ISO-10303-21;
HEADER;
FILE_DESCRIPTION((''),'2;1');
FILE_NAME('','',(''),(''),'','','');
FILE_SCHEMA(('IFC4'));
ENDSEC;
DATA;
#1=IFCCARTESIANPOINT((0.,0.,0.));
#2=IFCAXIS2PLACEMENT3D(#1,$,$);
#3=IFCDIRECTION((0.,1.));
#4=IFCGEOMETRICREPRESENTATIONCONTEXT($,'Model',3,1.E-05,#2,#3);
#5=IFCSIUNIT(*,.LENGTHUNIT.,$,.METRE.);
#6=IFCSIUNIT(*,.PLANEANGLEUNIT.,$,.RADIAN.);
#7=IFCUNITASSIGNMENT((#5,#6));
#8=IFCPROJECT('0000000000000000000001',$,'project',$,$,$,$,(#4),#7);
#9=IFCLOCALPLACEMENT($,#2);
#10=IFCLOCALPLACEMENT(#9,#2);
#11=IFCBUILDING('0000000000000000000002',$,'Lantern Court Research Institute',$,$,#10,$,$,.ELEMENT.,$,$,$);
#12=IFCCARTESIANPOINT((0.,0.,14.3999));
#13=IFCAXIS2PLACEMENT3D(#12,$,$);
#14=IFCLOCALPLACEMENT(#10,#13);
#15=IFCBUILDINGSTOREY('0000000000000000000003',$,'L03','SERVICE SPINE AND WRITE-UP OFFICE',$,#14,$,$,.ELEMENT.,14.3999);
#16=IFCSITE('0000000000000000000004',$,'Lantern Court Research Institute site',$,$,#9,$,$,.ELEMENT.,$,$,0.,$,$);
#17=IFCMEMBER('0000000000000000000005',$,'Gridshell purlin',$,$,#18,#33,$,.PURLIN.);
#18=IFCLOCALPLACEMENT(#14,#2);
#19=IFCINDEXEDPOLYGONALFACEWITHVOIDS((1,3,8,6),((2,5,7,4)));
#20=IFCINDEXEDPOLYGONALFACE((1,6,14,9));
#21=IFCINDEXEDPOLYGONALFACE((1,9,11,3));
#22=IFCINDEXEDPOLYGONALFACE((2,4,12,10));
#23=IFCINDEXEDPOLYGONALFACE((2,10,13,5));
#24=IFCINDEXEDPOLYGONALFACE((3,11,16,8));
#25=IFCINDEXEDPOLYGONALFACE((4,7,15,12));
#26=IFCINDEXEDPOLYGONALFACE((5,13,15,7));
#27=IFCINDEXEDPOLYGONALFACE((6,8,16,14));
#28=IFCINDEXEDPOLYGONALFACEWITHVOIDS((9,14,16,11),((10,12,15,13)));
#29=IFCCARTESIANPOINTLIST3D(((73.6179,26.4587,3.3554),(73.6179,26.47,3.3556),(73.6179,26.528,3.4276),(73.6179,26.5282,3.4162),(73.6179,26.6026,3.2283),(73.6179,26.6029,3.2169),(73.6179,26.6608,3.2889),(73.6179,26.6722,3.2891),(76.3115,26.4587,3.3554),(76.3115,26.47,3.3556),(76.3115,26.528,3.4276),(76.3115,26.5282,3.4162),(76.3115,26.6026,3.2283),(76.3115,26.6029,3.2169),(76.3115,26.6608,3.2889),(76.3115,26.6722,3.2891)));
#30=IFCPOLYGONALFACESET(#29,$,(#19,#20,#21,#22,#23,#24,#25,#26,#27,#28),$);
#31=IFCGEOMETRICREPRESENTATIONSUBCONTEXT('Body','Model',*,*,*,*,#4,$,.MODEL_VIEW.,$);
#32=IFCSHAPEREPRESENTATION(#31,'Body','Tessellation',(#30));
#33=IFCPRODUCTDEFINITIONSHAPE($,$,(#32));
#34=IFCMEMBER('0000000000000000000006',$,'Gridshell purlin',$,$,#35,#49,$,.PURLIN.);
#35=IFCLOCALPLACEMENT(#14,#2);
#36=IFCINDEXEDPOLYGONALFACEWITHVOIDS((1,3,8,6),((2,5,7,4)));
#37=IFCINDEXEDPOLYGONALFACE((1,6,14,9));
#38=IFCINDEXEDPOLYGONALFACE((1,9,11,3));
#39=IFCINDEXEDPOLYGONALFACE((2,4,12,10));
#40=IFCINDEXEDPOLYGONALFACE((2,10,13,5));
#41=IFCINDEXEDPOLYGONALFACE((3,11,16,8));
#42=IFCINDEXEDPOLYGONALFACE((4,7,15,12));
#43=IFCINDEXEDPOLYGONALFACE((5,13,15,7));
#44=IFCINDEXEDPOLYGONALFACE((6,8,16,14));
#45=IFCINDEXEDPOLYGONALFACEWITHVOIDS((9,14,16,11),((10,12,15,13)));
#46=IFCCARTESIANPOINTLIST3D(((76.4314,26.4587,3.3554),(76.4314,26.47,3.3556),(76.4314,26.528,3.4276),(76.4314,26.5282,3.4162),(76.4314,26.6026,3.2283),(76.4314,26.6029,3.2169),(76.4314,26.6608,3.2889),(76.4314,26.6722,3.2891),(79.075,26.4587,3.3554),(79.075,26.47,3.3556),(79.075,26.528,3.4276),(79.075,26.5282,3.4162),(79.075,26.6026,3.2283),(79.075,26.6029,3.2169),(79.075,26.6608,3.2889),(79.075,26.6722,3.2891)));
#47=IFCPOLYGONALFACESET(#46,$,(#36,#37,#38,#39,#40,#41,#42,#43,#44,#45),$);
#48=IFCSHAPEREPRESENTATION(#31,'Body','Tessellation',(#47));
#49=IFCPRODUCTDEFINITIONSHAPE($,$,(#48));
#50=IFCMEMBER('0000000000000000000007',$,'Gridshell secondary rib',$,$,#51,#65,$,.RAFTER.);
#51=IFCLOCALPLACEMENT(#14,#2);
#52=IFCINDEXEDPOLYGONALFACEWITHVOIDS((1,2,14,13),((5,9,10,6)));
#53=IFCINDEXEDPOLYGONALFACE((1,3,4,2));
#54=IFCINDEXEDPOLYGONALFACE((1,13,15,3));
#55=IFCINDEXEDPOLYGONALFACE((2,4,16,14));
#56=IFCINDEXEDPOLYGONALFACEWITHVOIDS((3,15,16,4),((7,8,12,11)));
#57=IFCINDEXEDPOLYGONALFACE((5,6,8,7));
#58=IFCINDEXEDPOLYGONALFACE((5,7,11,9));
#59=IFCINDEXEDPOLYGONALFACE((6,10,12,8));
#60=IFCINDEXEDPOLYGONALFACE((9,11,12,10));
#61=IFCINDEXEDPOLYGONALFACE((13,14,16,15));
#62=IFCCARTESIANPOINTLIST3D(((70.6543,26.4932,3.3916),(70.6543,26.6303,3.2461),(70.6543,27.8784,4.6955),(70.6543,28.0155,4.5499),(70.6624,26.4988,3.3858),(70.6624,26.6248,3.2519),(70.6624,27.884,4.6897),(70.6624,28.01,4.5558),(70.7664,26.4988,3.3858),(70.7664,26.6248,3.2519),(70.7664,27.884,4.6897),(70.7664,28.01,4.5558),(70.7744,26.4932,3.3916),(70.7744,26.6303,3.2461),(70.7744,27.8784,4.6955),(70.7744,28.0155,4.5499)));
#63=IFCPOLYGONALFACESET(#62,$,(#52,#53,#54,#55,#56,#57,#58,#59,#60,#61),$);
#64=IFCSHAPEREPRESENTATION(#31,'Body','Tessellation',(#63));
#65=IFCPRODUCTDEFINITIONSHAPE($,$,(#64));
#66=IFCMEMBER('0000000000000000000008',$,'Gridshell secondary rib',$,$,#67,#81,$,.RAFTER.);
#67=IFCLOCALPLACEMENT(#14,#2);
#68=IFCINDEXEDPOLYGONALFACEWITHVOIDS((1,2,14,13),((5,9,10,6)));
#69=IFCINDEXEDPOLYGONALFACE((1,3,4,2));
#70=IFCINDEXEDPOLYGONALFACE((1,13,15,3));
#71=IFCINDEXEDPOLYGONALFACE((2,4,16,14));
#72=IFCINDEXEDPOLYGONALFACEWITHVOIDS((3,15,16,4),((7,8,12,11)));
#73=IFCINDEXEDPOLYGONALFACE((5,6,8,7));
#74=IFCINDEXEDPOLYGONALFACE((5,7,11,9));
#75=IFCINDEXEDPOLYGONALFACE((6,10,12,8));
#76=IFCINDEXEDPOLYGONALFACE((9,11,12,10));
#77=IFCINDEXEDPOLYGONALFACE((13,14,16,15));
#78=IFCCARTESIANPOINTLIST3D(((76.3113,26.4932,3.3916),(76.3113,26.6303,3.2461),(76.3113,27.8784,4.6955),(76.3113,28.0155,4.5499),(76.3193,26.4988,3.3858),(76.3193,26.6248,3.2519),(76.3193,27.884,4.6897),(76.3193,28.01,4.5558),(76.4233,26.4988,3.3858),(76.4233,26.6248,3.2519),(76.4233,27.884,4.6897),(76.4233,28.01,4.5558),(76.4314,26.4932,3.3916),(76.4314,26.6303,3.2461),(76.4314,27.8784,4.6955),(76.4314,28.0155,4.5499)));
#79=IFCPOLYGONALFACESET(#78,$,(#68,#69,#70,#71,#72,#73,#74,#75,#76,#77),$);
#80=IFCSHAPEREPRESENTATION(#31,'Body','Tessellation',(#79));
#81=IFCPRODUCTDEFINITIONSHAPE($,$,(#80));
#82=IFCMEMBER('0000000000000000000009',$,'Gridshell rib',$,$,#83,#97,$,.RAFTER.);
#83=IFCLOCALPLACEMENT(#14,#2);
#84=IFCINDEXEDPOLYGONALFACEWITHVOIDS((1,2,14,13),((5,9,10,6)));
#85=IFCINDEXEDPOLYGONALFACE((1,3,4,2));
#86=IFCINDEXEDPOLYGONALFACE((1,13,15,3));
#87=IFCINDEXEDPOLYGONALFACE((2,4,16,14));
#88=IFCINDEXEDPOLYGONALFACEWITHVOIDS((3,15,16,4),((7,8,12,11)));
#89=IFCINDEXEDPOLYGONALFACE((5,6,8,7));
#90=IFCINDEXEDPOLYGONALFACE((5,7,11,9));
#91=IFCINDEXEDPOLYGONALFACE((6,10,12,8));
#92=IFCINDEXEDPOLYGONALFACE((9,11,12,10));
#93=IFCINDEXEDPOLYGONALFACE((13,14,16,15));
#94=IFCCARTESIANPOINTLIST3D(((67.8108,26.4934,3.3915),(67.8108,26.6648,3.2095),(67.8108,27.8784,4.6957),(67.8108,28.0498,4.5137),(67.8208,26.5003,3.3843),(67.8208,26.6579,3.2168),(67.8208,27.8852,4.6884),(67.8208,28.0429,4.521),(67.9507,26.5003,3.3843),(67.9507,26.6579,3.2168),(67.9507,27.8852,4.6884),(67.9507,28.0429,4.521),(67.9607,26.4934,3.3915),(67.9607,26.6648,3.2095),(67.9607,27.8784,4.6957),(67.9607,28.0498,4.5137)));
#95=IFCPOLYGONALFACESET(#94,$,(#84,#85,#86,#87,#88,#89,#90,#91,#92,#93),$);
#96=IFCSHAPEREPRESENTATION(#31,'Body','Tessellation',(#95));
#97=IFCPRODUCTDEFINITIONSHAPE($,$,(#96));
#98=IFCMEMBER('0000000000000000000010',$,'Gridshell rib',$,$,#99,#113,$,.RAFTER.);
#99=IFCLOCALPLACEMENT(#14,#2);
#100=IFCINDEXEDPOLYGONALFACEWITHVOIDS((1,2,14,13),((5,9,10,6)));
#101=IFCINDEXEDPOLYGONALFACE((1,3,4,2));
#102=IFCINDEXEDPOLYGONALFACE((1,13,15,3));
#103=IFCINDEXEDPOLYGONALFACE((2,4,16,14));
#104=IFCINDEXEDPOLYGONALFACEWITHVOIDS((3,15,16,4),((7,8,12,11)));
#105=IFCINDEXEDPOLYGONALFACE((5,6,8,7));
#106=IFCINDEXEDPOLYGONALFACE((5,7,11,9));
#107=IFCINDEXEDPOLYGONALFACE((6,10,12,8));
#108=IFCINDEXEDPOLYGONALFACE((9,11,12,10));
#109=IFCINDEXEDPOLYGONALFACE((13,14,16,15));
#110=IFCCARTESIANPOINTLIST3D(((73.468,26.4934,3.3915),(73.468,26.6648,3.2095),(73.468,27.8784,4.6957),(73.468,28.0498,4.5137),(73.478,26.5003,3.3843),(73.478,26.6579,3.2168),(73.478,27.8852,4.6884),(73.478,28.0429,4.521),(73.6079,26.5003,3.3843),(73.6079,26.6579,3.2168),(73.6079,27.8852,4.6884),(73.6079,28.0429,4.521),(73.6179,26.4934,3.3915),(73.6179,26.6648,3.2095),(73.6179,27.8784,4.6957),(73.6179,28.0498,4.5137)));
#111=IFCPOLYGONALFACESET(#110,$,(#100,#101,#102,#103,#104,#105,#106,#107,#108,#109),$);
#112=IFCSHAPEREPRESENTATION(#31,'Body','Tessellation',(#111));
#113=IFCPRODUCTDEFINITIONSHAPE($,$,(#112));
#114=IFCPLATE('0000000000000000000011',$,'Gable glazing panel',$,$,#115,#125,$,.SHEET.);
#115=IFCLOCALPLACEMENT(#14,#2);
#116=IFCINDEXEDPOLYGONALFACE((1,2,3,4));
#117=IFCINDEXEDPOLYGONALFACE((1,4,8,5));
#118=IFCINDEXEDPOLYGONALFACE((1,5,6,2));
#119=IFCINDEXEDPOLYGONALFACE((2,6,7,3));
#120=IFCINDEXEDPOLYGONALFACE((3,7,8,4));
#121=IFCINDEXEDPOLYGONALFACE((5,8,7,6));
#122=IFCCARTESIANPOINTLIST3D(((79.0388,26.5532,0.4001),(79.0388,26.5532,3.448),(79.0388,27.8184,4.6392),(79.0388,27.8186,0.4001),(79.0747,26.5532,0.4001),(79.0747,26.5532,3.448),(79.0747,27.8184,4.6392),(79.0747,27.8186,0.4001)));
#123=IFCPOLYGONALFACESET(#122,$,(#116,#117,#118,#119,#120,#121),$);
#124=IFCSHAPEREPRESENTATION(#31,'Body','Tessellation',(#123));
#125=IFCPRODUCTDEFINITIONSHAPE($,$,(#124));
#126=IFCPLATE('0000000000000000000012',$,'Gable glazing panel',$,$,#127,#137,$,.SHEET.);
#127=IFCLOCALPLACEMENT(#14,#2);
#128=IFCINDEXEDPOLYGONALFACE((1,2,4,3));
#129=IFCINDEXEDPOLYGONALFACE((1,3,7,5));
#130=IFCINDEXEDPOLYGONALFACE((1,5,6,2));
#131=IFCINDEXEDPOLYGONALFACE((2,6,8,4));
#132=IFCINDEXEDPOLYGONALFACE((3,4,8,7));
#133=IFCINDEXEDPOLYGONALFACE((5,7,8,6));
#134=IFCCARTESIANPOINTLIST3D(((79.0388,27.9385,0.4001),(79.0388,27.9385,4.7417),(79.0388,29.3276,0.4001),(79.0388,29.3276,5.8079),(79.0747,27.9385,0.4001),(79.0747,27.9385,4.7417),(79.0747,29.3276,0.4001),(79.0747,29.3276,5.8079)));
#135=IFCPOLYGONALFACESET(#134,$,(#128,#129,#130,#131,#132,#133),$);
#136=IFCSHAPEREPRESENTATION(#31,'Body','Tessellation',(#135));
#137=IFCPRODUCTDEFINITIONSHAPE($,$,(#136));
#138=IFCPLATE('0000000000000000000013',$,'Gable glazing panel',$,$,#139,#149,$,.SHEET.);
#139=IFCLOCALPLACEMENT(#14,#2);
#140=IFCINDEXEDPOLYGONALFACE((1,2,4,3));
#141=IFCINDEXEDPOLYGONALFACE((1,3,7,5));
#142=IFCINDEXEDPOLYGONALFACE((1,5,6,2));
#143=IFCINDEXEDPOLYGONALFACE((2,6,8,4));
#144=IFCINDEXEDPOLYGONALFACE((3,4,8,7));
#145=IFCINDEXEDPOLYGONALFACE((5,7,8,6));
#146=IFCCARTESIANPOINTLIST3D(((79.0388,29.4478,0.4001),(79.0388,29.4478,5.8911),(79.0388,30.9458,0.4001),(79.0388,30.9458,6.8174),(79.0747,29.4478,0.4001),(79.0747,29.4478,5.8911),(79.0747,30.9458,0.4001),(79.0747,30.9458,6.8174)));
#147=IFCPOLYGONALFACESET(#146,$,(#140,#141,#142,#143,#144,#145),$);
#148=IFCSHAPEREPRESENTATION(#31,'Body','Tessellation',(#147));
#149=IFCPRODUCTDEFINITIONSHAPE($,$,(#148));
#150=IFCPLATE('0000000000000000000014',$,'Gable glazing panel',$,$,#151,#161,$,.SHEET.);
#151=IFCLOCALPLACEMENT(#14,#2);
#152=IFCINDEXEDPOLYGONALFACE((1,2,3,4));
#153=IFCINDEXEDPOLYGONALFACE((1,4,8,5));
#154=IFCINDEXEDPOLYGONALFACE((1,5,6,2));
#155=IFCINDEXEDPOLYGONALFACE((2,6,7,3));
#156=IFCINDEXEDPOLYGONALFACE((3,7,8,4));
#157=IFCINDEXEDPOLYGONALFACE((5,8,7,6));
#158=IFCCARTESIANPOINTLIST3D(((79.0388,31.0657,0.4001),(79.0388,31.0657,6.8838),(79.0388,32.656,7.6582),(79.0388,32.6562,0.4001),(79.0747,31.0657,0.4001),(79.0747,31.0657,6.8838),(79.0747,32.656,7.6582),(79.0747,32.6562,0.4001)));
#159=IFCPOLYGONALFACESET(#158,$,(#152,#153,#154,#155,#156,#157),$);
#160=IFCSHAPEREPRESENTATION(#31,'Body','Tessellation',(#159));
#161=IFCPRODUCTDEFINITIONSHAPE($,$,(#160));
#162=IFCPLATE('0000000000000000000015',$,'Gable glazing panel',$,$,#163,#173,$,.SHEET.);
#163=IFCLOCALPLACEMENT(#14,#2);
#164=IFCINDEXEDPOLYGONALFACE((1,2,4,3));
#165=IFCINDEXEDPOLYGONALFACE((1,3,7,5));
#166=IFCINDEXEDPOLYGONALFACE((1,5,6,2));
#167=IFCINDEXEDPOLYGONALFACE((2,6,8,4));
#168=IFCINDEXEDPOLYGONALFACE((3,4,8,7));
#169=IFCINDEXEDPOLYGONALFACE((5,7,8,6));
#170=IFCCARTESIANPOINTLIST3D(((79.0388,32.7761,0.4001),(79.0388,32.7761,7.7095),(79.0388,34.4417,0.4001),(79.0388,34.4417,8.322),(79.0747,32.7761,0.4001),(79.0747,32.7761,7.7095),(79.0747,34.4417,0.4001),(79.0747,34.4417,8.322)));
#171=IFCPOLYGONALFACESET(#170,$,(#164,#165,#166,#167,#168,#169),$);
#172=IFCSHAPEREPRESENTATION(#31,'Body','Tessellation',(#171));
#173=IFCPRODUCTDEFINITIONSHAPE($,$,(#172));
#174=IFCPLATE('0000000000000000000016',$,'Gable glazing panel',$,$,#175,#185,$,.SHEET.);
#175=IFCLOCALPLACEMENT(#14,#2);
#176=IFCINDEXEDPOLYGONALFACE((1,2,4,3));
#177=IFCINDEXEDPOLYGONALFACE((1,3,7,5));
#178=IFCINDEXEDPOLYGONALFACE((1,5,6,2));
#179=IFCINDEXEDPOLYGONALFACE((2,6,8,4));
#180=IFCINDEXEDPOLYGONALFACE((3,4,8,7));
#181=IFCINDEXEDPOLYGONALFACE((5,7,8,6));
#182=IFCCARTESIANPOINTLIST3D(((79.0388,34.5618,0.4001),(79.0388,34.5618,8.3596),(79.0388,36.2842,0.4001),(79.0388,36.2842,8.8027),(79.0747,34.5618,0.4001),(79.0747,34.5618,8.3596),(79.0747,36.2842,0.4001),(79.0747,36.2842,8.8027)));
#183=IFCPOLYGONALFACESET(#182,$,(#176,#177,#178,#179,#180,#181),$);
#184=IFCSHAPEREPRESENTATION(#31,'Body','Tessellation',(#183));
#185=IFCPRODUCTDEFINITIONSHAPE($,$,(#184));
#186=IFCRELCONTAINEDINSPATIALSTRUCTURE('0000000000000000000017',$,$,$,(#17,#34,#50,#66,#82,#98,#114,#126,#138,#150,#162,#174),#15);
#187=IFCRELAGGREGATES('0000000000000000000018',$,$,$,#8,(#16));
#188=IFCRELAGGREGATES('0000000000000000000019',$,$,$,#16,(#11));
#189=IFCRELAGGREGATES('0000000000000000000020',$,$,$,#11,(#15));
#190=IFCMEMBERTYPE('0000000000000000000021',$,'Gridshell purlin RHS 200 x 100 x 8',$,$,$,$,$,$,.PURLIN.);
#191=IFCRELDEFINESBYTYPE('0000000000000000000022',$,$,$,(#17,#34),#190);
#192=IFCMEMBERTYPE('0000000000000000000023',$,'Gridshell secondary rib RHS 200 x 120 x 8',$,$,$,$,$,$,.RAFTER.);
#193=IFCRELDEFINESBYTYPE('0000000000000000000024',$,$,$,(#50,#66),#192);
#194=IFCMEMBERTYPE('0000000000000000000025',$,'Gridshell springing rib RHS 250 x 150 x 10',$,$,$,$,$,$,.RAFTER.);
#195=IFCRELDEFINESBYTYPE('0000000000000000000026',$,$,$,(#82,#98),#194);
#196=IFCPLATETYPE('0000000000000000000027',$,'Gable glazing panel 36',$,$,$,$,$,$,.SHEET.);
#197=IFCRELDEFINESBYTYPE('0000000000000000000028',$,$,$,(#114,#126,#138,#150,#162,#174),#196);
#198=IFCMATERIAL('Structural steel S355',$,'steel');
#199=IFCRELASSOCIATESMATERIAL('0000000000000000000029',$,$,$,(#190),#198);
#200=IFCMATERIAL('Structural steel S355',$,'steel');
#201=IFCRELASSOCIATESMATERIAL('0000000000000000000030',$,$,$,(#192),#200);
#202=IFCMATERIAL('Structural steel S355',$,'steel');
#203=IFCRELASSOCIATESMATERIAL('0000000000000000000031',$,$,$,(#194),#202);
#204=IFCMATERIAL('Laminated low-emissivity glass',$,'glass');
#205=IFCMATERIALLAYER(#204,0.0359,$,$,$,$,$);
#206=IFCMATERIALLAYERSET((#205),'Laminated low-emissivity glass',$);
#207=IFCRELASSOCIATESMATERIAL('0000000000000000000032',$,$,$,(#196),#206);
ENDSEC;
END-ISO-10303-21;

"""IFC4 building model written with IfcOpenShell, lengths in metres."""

from ifc_helpers import new_model, si_unit, direction, frame, origin, origin_2d, place, context, subcontext, project, spatial, polyline, hollow_rectangle, outline, extrude, material, layer, layer_set, material_profile, profile_set, type_object, element, save


model = new_model("IFC4")

# Units and contexts
model_context = context("Model", 3, precision=1e-05, world=origin(), true_north=direction((0.0, 1.0)))
body_context = subcontext(model_context, "Body", "Model", "MODEL_VIEW")
ifc_project = project(units=[si_unit("LENGTHUNIT", "METRE"), si_unit("PLANEANGLEUNIT", "RADIAN")], contexts=[model_context])

# Site, building, storey
site_placement = place(None, origin())
site = spatial("IfcSite", under=ifc_project, at=site_placement, Name="Lantern Court Research Institute site", CompositionType="ELEMENT", RefElevation=0.0)
building_placement = place(site_placement, origin())
building = spatial("IfcBuilding", under=site, at=building_placement, Name="Lantern Court Research Institute", CompositionType="ELEMENT")
storey_placement = place(building_placement, frame((0.0, 0.0, 14.3999)))
storey = spatial("IfcBuildingStorey", under=building, at=storey_placement, Name="L03", Description="SERVICE SPINE AND WRITE-UP OFFICE", CompositionType="ELEMENT", Elevation=14.3999)

# Members
ifc_material_1 = material(Name="Structural steel S355", Category="steel")
ifc_material_profile_1 = material_profile(ifc_material_1, hollow_rectangle(XDim=0.1001, YDim=0.2, WallThickness=0.0081, at=origin_2d()), Name="Gridshell purlin RHS 200 x 100 x 8")
ifc_profile_set_1 = profile_set([ifc_material_profile_1], Name="Structural steel S355")
member_type_1 = type_object("IfcMemberType", Name="Gridshell purlin RHS 200 x 100 x 8", PredefinedType="PURLIN", material=ifc_profile_set_1)
for number, where, z_axis, x_axis, name in (
    (1, (73.6179, 26.5654, 3.3223), (1.0, 0.0, 0.0), (0.0, 0.692674, 0.721251), "Gridshell purlin"),
):
    element("IfcMember", number, at=place(storey_placement, frame(where, z_axis=z_axis, x_axis=x_axis)), inside=storey, type_object=member_type_1, Name=name, PredefinedType="PURLIN", context=body_context, shape_type="SweptSolid", body=[
        extrude(hollow_rectangle(XDim=0.1001, YDim=0.2, WallThickness=0.0081, at=origin_2d()), origin(), (0.0, 0.0, 1.0), 2.6936),
    ])
member_1_placement = place(storey_placement, frame((76.4314, 26.5654, 3.3223), z_axis=(1.0, 0.0, 0.0), x_axis=(0.0, 0.692674, 0.721251)))
element("IfcMember", 2, at=member_1_placement, inside=storey, type_object=member_type_1, Name="Gridshell purlin", PredefinedType="PURLIN", context=body_context, shape_type="SweptSolid", body=[
    extrude(hollow_rectangle(XDim=0.1001, YDim=0.2, WallThickness=0.0081, at=origin_2d()), origin(), (0.0, 0.0, 1.0), 2.6436),
])
ifc_material_2 = material(Name="Structural steel S355", Category="steel")
ifc_material_profile_2 = material_profile(ifc_material_2, hollow_rectangle(XDim=0.1201, YDim=0.2, WallThickness=0.0081, at=origin_2d()), Name="Gridshell secondary rib RHS 200 x 120 x 8")
ifc_profile_set_2 = profile_set([ifc_material_profile_2], Name="Structural steel S355")
member_type_2 = type_object("IfcMemberType", Name="Gridshell secondary rib RHS 200 x 120 x 8", PredefinedType="RAFTER", material=ifc_profile_set_2)
for number, where, z_axis, x_axis, name in (
    (3, (70.7144, 26.5618, 3.3188), (0.0, 0.728151, 0.685417), (-1.0, 0.0, 0.0), "Gridshell secondary rib"),
    (4, (76.3713, 26.5618, 3.3188), (0.0, 0.728151, 0.685417), (-1.0, 0.0, 0.0), "Gridshell secondary rib"),
):
    element("IfcMember", number, at=place(storey_placement, frame(where, z_axis=z_axis, x_axis=x_axis)), inside=storey, type_object=member_type_2, Name=name, PredefinedType="RAFTER", context=body_context, shape_type="SweptSolid", body=[
        extrude(hollow_rectangle(XDim=0.1201, YDim=0.2, WallThickness=0.0081, at=origin_2d()), origin(), (0.0, 0.0, 1.0), 1.9023),
    ])
ifc_material_3 = material(Name="Structural steel S355", Category="steel")
ifc_material_profile_3 = material_profile(ifc_material_3, hollow_rectangle(XDim=0.1499, YDim=0.25, WallThickness=0.01, at=origin_2d()), Name="Gridshell springing rib RHS 250 x 150 x 10")
ifc_profile_set_3 = profile_set([ifc_material_profile_3], Name="Structural steel S355")
member_type_3 = type_object("IfcMemberType", Name="Gridshell springing rib RHS 250 x 150 x 10", PredefinedType="RAFTER", material=ifc_profile_set_3)
for number, where, z_axis, x_axis, name in (
    (5, (67.8857, 26.5791, 3.3005), (0.0, 0.728027, 0.685549), (-1.0, 0.0, 0.0), "Gridshell rib"),
    (6, (73.543, 26.5791, 3.3005), (0.0, 0.728027, 0.685549), (-1.0, 0.0, 0.0), "Gridshell rib"),
):
    element("IfcMember", number, at=place(storey_placement, frame(where, z_axis=z_axis, x_axis=x_axis)), inside=storey, type_object=member_type_3, Name=name, PredefinedType="RAFTER", context=body_context, shape_type="SweptSolid", body=[
        extrude(hollow_rectangle(XDim=0.1499, YDim=0.25, WallThickness=0.01, at=origin_2d()), origin(), (0.0, 0.0, 1.0), 1.9023),
    ])

# Plates
ifc_material_4 = material(Name="Laminated low-emissivity glass", Category="glass")
ifc_layer = layer(ifc_material_4, 0.0359)
ifc_layer_set = layer_set([ifc_layer], Name="Laminated low-emissivity glass")
plate_type = type_object("IfcPlateType", Name="Gable glazing panel 36", PredefinedType="SHEET", material=ifc_layer_set)
plate_1_placement = place(storey_placement, frame((79.0569, 26.5532, 0.4001), z_axis=(0.0, 0.0, 1.0), x_axis=(0.0, 1.0, 0.0)))
element("IfcPlate", 7, at=plate_1_placement, inside=storey, type_object=plate_type, Name="Gable glazing panel", PredefinedType="SHEET", context=body_context, shape_type="SweptSolid", body=[
    extrude(outline(polyline([(0.0, 0.0), (1.2654, 0.0), (1.2651, 4.239), (0.0, 3.0479), (0.0, 0.0)])), frame((0.0, 0.0181, 0.0), z_axis=(0.0, -1.0, 0.0), x_axis=(1.0, 0.0, 0.0)), (0.0, 0.0, 1.0), 0.0359),
])
plate_2_placement = place(storey_placement, frame((79.0569, 27.9385, 0.4001), z_axis=(0.0, 0.0, 1.0), x_axis=(0.0, 1.0, 0.0)))
element("IfcPlate", 8, at=plate_2_placement, inside=storey, type_object=plate_type, Name="Gable glazing panel", PredefinedType="SHEET", context=body_context, shape_type="SweptSolid", body=[
    extrude(outline(polyline([(0.0, 0.0), (1.3892, 0.0), (1.3892, 5.4077), (0.0, 4.3416), (0.0, 0.0)])), frame((0.0, 0.0181, 0.0), z_axis=(0.0, -1.0, 0.0), x_axis=(1.0, 0.0, 0.0)), (0.0, 0.0, 1.0), 0.0359),
])
plate_3_placement = place(storey_placement, frame((79.0569, 29.4478, 0.4001), z_axis=(0.0, 0.0, 1.0), x_axis=(0.0, 1.0, 0.0)))
element("IfcPlate", 9, at=plate_3_placement, inside=storey, type_object=plate_type, Name="Gable glazing panel", PredefinedType="SHEET", context=body_context, shape_type="SweptSolid", body=[
    extrude(outline(polyline([(0.0, 0.0), (1.498, 0.0), (1.498, 6.4172), (0.0, 5.491), (0.0, 0.0)])), frame((0.0, 0.0181, 0.0), z_axis=(0.0, -1.0, 0.0), x_axis=(1.0, 0.0, 0.0)), (0.0, 0.0, 1.0), 0.0359),
])
plate_4_placement = place(storey_placement, frame((79.0569, 31.0657, 0.4001), z_axis=(0.0, 0.0, 1.0), x_axis=(0.0, 1.0, 0.0)))
element("IfcPlate", 10, at=plate_4_placement, inside=storey, type_object=plate_type, Name="Gable glazing panel", PredefinedType="SHEET", context=body_context, shape_type="SweptSolid", body=[
    extrude(outline(polyline([(0.0, 0.0), (1.5906, 0.0), (1.5903, 7.2581), (0.0, 6.4836), (0.0, 0.0)])), frame((0.0, 0.0181, 0.0), z_axis=(0.0, -1.0, 0.0), x_axis=(1.0, 0.0, 0.0)), (0.0, 0.0, 1.0), 0.0359),
])
plate_5_placement = place(storey_placement, frame((79.0569, 32.7761, 0.4001), z_axis=(0.0, 0.0, 1.0), x_axis=(0.0, 1.0, 0.0)))
element("IfcPlate", 11, at=plate_5_placement, inside=storey, type_object=plate_type, Name="Gable glazing panel", PredefinedType="SHEET", context=body_context, shape_type="SweptSolid", body=[
    extrude(outline(polyline([(0.0, 0.0), (1.6655, 0.0), (1.6655, 7.9219), (0.0, 7.3093), (0.0, 0.0)])), frame((0.0, 0.0181, 0.0), z_axis=(0.0, -1.0, 0.0), x_axis=(1.0, 0.0, 0.0)), (0.0, 0.0, 1.0), 0.0359),
])
plate_6_placement = place(storey_placement, frame((79.0569, 34.5618, 0.4001), z_axis=(0.0, 0.0, 1.0), x_axis=(0.0, 1.0, 0.0)))
element("IfcPlate", 12, at=plate_6_placement, inside=storey, type_object=plate_type, Name="Gable glazing panel", PredefinedType="SHEET", context=body_context, shape_type="SweptSolid", body=[
    extrude(outline(polyline([(0.0, 0.0), (1.7224, 0.0), (1.7224, 8.4026), (0.0, 7.9595), (0.0, 0.0)])), frame((0.0, 0.0181, 0.0), z_axis=(0.0, -1.0, 0.0), x_axis=(1.0, 0.0, 0.0)), (0.0, 0.0, 1.0), 0.0359),
])

save(model, "model.ifc")
